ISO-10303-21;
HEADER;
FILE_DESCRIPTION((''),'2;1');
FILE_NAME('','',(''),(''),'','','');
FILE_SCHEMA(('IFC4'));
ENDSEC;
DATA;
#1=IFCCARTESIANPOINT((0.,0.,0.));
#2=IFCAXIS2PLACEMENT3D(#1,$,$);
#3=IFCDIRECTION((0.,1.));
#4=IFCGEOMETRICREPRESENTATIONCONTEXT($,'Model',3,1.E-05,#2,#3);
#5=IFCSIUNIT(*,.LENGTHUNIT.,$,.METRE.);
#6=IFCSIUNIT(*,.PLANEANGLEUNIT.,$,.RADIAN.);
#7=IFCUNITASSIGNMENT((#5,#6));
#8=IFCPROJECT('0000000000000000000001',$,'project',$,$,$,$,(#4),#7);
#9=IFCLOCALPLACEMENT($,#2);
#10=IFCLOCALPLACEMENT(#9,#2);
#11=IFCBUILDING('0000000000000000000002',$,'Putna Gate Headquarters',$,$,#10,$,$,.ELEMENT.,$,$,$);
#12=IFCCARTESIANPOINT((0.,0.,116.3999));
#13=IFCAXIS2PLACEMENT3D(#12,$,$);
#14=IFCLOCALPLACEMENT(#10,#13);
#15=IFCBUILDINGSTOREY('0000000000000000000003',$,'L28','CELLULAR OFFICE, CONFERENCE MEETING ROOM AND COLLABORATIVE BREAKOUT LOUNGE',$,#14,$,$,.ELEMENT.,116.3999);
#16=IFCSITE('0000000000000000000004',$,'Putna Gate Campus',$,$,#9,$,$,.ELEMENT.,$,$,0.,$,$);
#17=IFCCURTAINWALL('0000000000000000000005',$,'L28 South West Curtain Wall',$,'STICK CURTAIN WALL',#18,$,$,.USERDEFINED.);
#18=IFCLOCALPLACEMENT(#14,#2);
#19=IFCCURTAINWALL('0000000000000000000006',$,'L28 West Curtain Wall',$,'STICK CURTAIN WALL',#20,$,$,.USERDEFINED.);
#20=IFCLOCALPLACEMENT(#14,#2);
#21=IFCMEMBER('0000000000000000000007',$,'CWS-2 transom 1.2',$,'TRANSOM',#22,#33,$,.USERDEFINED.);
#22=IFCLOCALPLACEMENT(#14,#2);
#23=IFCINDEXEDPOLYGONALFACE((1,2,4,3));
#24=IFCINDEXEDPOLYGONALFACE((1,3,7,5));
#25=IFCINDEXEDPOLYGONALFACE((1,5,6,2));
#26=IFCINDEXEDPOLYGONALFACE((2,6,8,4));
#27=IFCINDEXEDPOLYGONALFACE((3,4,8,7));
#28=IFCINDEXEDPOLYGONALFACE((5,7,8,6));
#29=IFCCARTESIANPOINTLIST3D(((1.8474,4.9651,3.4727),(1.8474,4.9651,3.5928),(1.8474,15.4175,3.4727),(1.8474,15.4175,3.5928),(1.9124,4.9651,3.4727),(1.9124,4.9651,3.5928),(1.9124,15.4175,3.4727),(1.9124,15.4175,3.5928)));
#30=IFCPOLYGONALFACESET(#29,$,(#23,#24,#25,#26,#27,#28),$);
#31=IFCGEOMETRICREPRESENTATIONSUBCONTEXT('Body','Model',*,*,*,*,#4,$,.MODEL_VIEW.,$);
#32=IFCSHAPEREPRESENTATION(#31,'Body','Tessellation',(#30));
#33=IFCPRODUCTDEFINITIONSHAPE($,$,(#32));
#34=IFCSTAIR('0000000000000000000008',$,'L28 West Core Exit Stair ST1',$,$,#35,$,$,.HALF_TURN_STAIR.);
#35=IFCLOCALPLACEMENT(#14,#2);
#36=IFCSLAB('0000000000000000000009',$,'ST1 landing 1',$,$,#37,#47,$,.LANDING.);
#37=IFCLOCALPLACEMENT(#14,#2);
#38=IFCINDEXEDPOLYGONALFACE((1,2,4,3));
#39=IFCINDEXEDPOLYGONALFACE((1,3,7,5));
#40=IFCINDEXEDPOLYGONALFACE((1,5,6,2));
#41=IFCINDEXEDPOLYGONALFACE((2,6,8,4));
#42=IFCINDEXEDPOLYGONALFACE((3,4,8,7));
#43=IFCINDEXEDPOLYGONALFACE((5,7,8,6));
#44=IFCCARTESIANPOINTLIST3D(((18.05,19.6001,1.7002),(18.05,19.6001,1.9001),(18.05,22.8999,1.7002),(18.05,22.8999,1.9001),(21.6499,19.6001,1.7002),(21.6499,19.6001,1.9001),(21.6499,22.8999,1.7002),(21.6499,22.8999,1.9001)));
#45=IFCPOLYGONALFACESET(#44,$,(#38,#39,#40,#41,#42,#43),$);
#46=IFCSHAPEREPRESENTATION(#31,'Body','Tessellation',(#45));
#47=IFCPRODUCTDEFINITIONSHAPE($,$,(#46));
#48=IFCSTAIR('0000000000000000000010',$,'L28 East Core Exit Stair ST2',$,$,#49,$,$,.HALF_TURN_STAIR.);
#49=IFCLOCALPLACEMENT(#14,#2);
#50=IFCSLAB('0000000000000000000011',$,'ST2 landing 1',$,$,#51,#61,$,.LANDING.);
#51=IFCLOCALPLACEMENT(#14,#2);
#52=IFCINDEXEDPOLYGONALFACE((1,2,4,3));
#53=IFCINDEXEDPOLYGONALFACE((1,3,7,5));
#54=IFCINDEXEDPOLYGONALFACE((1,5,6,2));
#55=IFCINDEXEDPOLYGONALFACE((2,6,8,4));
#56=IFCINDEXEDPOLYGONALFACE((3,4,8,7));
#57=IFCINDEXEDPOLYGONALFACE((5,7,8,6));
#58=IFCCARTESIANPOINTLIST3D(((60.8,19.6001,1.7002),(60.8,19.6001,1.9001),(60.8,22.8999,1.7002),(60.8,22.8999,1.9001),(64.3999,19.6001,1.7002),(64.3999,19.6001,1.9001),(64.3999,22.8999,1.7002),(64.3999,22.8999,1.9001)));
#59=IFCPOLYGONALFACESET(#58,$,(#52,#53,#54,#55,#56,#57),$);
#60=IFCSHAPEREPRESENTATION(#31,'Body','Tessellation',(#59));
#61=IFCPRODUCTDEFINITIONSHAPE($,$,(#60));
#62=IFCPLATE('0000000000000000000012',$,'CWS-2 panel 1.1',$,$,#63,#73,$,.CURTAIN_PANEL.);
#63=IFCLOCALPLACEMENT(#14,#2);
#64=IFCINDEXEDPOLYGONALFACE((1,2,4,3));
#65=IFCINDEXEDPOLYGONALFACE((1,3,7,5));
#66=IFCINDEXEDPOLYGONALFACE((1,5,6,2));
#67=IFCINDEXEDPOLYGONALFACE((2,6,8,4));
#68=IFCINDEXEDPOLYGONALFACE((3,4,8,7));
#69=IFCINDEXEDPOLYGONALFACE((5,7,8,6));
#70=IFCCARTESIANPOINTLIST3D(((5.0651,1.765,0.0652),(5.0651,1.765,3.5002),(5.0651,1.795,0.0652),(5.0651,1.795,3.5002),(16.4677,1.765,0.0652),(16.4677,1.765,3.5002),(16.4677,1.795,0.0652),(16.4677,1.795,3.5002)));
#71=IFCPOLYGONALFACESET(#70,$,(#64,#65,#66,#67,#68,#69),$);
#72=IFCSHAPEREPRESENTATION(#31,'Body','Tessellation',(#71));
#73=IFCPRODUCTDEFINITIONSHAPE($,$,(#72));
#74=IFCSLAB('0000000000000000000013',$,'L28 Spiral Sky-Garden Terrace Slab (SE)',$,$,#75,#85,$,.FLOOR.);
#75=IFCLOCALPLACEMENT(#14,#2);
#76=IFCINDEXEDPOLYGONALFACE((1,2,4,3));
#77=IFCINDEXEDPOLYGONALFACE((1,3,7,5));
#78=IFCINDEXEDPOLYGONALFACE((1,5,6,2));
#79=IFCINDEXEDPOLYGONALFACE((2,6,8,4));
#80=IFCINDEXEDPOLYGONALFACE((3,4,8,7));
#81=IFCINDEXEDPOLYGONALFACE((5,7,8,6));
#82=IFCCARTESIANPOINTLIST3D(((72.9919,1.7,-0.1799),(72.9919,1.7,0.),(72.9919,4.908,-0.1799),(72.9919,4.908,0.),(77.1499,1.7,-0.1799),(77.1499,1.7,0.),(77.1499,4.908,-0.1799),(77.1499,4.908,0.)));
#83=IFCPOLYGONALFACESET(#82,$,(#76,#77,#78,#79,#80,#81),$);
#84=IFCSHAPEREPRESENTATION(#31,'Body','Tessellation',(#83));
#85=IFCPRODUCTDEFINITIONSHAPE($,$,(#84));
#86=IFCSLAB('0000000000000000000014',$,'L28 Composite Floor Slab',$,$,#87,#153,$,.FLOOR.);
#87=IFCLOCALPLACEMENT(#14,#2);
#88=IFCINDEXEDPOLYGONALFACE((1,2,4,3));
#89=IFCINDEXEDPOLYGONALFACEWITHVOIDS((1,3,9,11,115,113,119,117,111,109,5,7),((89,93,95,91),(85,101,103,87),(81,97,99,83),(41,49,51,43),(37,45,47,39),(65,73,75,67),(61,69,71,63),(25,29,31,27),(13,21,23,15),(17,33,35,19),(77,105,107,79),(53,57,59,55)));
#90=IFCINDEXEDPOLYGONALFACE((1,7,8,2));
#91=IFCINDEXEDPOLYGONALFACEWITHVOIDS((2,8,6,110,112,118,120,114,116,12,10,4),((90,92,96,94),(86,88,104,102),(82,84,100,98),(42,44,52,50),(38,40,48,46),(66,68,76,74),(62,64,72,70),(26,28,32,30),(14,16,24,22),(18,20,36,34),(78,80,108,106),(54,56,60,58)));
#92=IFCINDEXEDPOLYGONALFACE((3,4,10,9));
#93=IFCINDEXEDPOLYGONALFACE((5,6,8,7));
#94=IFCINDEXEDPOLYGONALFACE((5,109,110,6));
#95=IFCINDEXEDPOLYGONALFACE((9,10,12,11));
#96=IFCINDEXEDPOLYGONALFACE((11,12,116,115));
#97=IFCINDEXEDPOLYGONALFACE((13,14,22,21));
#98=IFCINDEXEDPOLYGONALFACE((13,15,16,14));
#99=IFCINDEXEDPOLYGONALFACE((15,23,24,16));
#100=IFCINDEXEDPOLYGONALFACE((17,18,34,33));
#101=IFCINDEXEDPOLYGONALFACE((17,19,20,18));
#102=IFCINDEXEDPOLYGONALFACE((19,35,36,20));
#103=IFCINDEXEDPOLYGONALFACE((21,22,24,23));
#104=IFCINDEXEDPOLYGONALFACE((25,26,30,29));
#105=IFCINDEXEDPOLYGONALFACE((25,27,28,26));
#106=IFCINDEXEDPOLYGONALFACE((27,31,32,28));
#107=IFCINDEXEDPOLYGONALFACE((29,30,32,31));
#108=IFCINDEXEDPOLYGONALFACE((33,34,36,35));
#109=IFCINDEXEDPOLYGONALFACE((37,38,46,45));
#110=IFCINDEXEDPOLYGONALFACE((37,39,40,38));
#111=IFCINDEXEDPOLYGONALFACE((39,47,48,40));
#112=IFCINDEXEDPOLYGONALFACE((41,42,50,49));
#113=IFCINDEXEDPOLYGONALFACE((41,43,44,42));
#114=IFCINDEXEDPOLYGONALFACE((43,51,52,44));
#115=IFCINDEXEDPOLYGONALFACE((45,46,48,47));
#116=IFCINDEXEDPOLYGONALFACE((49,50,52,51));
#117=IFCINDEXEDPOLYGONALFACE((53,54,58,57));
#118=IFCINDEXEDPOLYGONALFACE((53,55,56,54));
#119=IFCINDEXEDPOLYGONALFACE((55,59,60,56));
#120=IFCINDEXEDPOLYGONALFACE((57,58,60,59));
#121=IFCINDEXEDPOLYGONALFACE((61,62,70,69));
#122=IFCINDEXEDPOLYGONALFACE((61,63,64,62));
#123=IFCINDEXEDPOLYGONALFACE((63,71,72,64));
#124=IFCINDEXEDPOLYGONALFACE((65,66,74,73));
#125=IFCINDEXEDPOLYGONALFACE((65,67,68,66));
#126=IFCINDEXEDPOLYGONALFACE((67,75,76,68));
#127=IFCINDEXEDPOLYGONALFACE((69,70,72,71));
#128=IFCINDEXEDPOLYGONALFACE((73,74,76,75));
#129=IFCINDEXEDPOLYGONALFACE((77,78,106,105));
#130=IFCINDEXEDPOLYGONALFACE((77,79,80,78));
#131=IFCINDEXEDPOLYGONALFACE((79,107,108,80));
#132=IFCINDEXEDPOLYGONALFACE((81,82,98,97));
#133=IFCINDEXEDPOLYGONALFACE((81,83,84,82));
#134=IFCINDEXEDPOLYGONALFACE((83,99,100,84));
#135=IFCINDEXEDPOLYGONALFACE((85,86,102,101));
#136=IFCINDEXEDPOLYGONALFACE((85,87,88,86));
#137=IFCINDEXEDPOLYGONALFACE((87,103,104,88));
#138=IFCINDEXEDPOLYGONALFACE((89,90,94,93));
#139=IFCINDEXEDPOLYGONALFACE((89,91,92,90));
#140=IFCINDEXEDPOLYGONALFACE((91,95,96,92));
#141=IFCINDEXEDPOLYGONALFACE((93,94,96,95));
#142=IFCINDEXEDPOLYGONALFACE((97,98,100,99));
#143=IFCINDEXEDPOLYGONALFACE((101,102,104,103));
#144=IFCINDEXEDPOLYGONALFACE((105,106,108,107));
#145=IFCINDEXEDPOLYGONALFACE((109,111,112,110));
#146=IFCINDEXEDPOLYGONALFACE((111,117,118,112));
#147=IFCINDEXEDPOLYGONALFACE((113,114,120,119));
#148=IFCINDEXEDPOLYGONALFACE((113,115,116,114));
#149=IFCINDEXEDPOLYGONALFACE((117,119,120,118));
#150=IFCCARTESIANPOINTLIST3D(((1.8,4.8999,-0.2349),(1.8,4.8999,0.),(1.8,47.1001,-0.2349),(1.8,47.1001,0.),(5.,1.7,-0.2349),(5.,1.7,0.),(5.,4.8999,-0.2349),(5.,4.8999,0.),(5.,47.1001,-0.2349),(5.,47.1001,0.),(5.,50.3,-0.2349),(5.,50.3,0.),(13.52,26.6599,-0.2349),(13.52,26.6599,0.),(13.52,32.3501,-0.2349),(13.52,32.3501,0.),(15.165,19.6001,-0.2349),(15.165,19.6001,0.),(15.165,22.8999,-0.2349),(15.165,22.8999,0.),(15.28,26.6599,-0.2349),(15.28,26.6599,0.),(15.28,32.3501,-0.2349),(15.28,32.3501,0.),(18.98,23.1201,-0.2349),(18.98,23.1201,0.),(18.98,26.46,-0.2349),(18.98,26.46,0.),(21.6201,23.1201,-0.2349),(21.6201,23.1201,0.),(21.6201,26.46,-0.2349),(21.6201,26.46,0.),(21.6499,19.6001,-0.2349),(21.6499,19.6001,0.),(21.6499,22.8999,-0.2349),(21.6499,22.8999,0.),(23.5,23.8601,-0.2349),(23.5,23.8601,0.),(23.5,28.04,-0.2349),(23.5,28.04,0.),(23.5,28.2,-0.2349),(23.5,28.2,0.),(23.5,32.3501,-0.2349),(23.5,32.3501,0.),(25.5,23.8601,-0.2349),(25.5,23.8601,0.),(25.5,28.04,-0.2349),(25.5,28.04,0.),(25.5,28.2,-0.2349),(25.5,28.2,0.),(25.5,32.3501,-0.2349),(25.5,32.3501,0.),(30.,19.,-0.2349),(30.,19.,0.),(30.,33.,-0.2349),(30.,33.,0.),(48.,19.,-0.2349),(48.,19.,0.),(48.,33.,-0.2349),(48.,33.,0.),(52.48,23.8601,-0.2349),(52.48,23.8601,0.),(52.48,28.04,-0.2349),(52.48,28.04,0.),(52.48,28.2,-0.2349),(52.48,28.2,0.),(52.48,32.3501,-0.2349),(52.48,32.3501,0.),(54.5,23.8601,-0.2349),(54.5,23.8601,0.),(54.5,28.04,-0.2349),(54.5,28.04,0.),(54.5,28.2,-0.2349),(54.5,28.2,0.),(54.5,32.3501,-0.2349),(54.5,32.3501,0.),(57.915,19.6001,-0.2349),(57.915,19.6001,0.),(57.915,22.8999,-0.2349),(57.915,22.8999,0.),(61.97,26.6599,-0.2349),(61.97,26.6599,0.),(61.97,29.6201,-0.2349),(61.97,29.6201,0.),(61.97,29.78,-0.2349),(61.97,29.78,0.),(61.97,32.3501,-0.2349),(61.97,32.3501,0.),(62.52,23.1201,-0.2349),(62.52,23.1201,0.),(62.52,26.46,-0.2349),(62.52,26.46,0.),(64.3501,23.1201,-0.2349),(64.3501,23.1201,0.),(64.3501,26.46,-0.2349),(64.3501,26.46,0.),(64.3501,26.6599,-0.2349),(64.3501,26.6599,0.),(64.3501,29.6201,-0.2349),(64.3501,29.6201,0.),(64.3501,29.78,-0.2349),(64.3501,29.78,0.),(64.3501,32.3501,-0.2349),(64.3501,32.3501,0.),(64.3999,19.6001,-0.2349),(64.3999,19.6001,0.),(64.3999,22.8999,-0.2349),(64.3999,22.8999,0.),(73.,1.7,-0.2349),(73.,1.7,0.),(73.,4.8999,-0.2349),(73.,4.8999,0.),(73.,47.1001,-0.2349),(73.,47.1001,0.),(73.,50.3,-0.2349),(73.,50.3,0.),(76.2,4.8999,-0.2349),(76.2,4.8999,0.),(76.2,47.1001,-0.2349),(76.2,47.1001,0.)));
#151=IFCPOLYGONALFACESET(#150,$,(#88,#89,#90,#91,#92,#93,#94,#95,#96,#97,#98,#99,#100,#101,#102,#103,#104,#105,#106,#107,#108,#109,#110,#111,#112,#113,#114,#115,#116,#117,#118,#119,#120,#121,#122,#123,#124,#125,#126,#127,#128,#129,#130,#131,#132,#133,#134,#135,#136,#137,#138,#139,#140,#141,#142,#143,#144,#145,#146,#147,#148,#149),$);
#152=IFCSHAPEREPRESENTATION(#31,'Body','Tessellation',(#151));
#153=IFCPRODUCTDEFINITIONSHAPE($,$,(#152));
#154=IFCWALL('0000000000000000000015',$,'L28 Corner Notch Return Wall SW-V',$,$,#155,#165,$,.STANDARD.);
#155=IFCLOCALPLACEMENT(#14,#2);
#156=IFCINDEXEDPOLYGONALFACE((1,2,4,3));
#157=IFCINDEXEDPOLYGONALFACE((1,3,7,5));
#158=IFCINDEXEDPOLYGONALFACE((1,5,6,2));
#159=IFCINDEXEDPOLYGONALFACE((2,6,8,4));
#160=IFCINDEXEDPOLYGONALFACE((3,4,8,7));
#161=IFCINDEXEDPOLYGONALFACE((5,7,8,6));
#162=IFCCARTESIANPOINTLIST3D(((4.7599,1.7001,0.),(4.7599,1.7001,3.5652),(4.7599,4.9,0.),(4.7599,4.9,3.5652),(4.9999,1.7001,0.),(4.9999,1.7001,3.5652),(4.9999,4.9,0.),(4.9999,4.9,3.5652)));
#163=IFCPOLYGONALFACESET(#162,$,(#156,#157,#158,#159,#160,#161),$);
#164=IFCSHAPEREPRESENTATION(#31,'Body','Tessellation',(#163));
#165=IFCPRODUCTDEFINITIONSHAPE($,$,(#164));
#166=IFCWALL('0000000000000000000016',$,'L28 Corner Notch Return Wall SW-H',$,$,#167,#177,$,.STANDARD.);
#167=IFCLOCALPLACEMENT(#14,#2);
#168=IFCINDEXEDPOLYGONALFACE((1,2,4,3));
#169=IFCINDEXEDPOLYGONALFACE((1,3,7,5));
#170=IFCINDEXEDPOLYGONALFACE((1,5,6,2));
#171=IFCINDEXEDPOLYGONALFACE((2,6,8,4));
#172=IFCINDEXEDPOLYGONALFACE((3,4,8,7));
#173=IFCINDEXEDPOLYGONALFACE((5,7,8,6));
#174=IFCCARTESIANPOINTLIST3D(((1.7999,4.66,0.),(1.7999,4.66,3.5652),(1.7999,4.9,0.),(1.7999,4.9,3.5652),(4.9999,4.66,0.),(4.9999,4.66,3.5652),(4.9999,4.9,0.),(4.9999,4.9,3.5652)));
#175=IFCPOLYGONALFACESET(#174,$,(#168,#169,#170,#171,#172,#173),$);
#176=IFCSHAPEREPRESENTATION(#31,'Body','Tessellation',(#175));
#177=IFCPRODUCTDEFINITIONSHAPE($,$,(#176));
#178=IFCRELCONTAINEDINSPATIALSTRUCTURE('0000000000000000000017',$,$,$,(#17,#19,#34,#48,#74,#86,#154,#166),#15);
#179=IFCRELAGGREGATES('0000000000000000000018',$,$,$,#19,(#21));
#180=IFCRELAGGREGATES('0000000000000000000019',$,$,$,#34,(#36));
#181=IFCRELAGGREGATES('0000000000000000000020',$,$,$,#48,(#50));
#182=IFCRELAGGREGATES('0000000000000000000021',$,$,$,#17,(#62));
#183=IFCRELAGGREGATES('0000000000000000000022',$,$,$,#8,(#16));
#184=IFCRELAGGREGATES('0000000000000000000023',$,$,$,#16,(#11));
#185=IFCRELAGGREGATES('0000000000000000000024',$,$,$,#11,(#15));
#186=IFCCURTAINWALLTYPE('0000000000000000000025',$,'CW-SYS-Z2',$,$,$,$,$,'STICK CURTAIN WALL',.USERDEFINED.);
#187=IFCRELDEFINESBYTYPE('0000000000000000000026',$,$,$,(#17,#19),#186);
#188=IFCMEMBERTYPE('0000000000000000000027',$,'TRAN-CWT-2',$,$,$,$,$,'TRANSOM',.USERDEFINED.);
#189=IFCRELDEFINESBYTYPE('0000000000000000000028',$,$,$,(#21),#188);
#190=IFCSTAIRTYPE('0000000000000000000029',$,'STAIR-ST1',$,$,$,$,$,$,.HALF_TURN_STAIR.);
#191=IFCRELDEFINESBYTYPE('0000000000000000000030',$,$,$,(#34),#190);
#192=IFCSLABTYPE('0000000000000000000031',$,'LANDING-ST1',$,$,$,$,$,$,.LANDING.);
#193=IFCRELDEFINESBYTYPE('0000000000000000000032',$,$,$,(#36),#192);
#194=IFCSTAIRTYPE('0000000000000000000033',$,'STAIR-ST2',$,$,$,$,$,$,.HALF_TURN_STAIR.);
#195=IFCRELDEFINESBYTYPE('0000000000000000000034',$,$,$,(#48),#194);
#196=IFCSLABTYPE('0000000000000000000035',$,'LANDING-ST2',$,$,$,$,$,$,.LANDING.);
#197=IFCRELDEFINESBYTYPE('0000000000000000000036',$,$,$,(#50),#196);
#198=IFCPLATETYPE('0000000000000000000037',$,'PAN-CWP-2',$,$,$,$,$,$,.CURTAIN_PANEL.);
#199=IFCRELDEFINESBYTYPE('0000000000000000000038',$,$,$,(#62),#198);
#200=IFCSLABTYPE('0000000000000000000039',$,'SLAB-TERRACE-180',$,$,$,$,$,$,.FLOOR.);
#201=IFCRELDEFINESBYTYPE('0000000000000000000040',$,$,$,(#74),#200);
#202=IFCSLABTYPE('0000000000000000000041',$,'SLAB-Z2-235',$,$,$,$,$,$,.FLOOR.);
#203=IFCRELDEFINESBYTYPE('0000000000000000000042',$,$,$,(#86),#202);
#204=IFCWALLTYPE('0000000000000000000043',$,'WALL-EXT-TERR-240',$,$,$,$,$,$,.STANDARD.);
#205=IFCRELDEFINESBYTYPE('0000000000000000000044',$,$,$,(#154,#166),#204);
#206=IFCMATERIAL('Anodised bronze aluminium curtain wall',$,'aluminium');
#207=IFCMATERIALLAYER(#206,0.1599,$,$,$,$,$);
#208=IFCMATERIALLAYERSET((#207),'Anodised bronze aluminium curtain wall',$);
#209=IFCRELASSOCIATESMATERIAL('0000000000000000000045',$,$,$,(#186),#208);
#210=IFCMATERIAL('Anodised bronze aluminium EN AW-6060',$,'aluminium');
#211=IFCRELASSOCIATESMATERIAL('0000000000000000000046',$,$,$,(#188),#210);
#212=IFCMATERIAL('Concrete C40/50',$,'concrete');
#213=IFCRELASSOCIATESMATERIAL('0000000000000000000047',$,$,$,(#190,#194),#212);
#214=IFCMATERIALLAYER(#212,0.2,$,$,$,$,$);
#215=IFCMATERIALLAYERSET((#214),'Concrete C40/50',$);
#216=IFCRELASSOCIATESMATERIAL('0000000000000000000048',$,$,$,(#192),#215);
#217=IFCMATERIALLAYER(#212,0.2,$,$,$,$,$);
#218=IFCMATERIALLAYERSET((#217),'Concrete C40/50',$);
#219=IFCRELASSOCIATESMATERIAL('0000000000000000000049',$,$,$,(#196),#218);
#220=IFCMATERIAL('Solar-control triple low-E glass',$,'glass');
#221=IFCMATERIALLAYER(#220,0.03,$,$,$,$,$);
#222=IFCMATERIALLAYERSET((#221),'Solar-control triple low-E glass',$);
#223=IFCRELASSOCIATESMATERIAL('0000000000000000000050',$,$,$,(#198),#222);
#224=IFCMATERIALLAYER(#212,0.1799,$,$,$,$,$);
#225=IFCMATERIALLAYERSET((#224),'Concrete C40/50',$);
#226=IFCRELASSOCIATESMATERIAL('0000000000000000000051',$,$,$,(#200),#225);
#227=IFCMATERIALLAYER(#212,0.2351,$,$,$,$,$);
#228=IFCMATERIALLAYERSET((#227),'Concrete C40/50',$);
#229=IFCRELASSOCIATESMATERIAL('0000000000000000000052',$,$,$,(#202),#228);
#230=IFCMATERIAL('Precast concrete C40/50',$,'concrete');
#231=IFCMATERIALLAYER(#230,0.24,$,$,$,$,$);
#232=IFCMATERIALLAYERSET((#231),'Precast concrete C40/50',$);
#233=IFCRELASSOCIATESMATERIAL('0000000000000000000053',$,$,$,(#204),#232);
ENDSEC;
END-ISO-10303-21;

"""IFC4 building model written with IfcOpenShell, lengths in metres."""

from ifc_helpers import new_model, si_unit, direction, frame, frame_2d, origin, origin_2d, place, context, subcontext, project, spatial, polyline, rectangle, outline, extrude, material, layer, layer_set, material_profile, profile_set, type_object, element, aggregate, save


model = new_model("IFC4")

# Units and contexts
model_context = context("Model", 3, precision=1e-05, world=origin(), true_north=direction((0.0, 1.0)))
body_context = subcontext(model_context, "Body", "Model", "MODEL_VIEW")
ifc_project = project(units=[si_unit("LENGTHUNIT", "METRE"), si_unit("PLANEANGLEUNIT", "RADIAN")], contexts=[model_context])

# Site, building, storey
site_placement = place(None, origin())
site = spatial("IfcSite", under=ifc_project, at=site_placement, Name="Putna Gate Campus", CompositionType="ELEMENT", RefElevation=0.0)
building_placement = place(site_placement, origin())
building = spatial("IfcBuilding", under=site, at=building_placement, Name="Putna Gate Headquarters", CompositionType="ELEMENT")
storey_placement = place(building_placement, frame((0.0, 0.0, 116.3999)))
storey = spatial("IfcBuildingStorey", under=building, at=storey_placement, Name="L28", Description="CELLULAR OFFICE, CONFERENCE MEETING ROOM AND COLLABORATIVE BREAKOUT LOUNGE", CompositionType="ELEMENT", Elevation=116.3999)

# Curtain walls
ifc_material_1 = material(Name="Anodised bronze aluminium curtain wall", Category="aluminium")
ifc_layer_1 = layer(ifc_material_1, 0.1599)
ifc_layer_set_1 = layer_set([ifc_layer_1], Name="Anodised bronze aluminium curtain wall")
curtain_wall_type = type_object("IfcCurtainWallType", Name="CW-SYS-Z2", ElementType="STICK CURTAIN WALL", PredefinedType="USERDEFINED", material=ifc_layer_set_1)
curtain_wall_1_placement = place(storey_placement, origin())
curtain_wall_1 = element("IfcCurtainWall", 1, at=curtain_wall_1_placement, inside=storey, type_object=curtain_wall_type, Name="L28 South West Curtain Wall", ObjectType="STICK CURTAIN WALL", PredefinedType="USERDEFINED")
ifc_material_2 = material(Name="Anodised bronze aluminium EN AW-6060", Category="aluminium")
curtain_wall_2_placement = place(storey_placement, origin())
curtain_wall_2 = element("IfcCurtainWall", 2, at=curtain_wall_2_placement, inside=storey, type_object=curtain_wall_type, Name="L28 West Curtain Wall", ObjectType="STICK CURTAIN WALL", PredefinedType="USERDEFINED")

# Member
ifc_material_profile_1 = material_profile(ifc_material_2, rectangle(XDim=0.0649, YDim=0.1201, at=origin_2d()), Name="Anodised bronze aluminium EN AW-6060")
ifc_profile_set_1 = profile_set([ifc_material_profile_1], Name="Anodised bronze aluminium EN AW-6060")
member_type_1 = type_object("IfcMemberType", Name="TRAN-CWT-2", ElementType="TRANSOM", PredefinedType="USERDEFINED", material=ifc_profile_set_1)
member_1_placement = place(storey_placement, frame((1.8799, 4.9651, 3.5327), z_axis=(0.0, 1.0, 0.0), x_axis=(-1.0, 0.0, 0.0)))
member_1 = element("IfcMember", 3, at=member_1_placement, type_object=member_type_1, Name="CWS-2 transom 1.2", ObjectType="TRANSOM", PredefinedType="USERDEFINED", context=body_context, shape_type="SweptSolid", body=[
    extrude(rectangle(XDim=0.0649, YDim=0.1201, at=origin_2d()), origin(), (0.0, 0.0, 1.0), 10.4524),
])
aggregate(curtain_wall_2, [member_1])

# Stairs, slabs
ifc_material_3 = material(Name="Concrete C40/50", Category="concrete")
stair_type_1 = type_object("IfcStairType", Name="STAIR-ST1", PredefinedType="HALF_TURN_STAIR", material=ifc_material_3)
stair_1_placement = place(storey_placement, origin())
stair_1 = element("IfcStair", 4, at=stair_1_placement, inside=storey, type_object=stair_type_1, Name="L28 West Core Exit Stair ST1", PredefinedType="HALF_TURN_STAIR")
ifc_layer_2 = layer(ifc_material_3, 0.2)
ifc_layer_set_2 = layer_set([ifc_layer_2], Name="Concrete C40/50")
slab_type_1 = type_object("IfcSlabType", Name="LANDING-ST1", PredefinedType="LANDING", material=ifc_layer_set_2)
slab_1_placement = place(storey_placement, frame((0.0, 0.0, 1.7002)))
slab_1 = element("IfcSlab", 5, at=slab_1_placement, type_object=slab_type_1, Name="ST1 landing 1", PredefinedType="LANDING", context=body_context, shape_type="SweptSolid", body=[
    extrude(outline(polyline([(18.05, 19.6001), (21.6499, 19.6001), (21.6499, 22.8999), (18.05, 22.8999), (18.05, 19.6001)])), origin(), (0.0, 0.0, 1.0), 0.2),
])
aggregate(stair_1, [slab_1])
stair_type_2 = type_object("IfcStairType", Name="STAIR-ST2", PredefinedType="HALF_TURN_STAIR", material=ifc_material_3)
stair_2_placement = place(storey_placement, origin())
stair_2 = element("IfcStair", 6, at=stair_2_placement, inside=storey, type_object=stair_type_2, Name="L28 East Core Exit Stair ST2", PredefinedType="HALF_TURN_STAIR")
ifc_layer_3 = layer(ifc_material_3, 0.2)
ifc_layer_set_3 = layer_set([ifc_layer_3], Name="Concrete C40/50")
slab_type_2 = type_object("IfcSlabType", Name="LANDING-ST2", PredefinedType="LANDING", material=ifc_layer_set_3)
slab_2_placement = place(storey_placement, frame((0.0, 0.0, 1.7002)))
slab_2 = element("IfcSlab", 7, at=slab_2_placement, type_object=slab_type_2, Name="ST2 landing 1", PredefinedType="LANDING", context=body_context, shape_type="SweptSolid", body=[
    extrude(outline(polyline([(60.8, 19.6001), (64.3999, 19.6001), (64.3999, 22.8999), (60.8, 22.8999), (60.8, 19.6001)])), origin(), (0.0, 0.0, 1.0), 0.2),
])
aggregate(stair_2, [slab_2])

# Plate
ifc_material_4 = material(Name="Solar-control triple low-E glass", Category="glass")
ifc_layer_4 = layer(ifc_material_4, 0.03)
ifc_layer_set_4 = layer_set([ifc_layer_4], Name="Solar-control triple low-E glass")
plate_type = type_object("IfcPlateType", Name="PAN-CWP-2", PredefinedType="CURTAIN_PANEL", material=ifc_layer_set_4)
plate_placement = place(storey_placement, frame((10.7664, 1.78, 0.0652), z_axis=(0.0, 0.0, 1.0), x_axis=(1.0, 0.0, 0.0)))
plate = element("IfcPlate", 8, at=plate_placement, type_object=plate_type, Name="CWS-2 panel 1.1", PredefinedType="CURTAIN_PANEL", context=body_context, shape_type="SweptSolid", body=[
    extrude(rectangle(XDim=11.4026, YDim=0.03, at=origin_2d()), origin(), (0.0, 0.0, 1.0), 3.4351),
])
aggregate(curtain_wall_1, [plate])

# Slabs
ifc_layer_5 = layer(ifc_material_3, 0.1799)
ifc_layer_set_5 = layer_set([ifc_layer_5], Name="Concrete C40/50")
slab_type_3 = type_object("IfcSlabType", Name="SLAB-TERRACE-180", PredefinedType="FLOOR", material=ifc_layer_set_5)
slab_3_placement = place(storey_placement, frame((0.0, 0.0, -0.1799)))
element("IfcSlab", 9, at=slab_3_placement, inside=storey, type_object=slab_type_3, Name="L28 Spiral Sky-Garden Terrace Slab (SE)", PredefinedType="FLOOR", context=body_context, shape_type="SweptSolid", body=[
    extrude(outline(polyline([(72.9919, 1.7), (77.1499, 1.7), (77.1499, 4.908), (72.9919, 4.908), (72.9919, 1.7)])), origin(), (0.0, 0.0, 1.0), 0.1799),
])
ifc_layer_6 = layer(ifc_material_3, 0.2351)
ifc_layer_set_6 = layer_set([ifc_layer_6], Name="Concrete C40/50")
slab_type_4 = type_object("IfcSlabType", Name="SLAB-Z2-235", PredefinedType="FLOOR", material=ifc_layer_set_6)
slab_4_placement = place(storey_placement, frame((0.0, 0.0, -0.2349)))
element("IfcSlab", 10, at=slab_4_placement, inside=storey, type_object=slab_type_4, Name="L28 Composite Floor Slab", PredefinedType="FLOOR", context=body_context, shape_type="SweptSolid", body=[
    extrude(outline(polyline([(5.0, 1.7), (73.0, 1.7), (73.0, 4.8999), (76.2, 4.8999), (76.2, 47.1001), (73.0, 47.1001), (73.0, 50.3), (5.0, 50.3), (5.0, 47.1001), (1.8, 47.1001), (1.8, 4.8999), (5.0, 4.8999), (5.0, 1.7)]), holes=[polyline([(15.165, 19.6001), (21.6499, 19.6001), (21.6499, 22.8999), (15.165, 22.8999), (15.165, 19.6001)]), polyline([(57.915, 19.6001), (64.3999, 19.6001), (64.3999, 22.8999), (57.915, 22.8999), (57.915, 19.6001)]), polyline([(13.52, 26.6599), (15.28, 26.6599), (15.28, 32.3501), (13.52, 32.3501), (13.52, 26.6599)]), polyline([(61.97, 29.78), (64.3501, 29.78), (64.3501, 32.3501), (61.97, 32.3501), (61.97, 29.78)]), polyline([(18.98, 23.1201), (21.6201, 23.1201), (21.6201, 26.46), (18.98, 26.46), (18.98, 23.1201)]), polyline([(62.52, 23.1201), (64.3501, 23.1201), (64.3501, 26.46), (62.52, 26.46), (62.52, 23.1201)]), polyline([(61.97, 26.6599), (64.3501, 26.6599), (64.3501, 29.6201), (61.97, 29.6201), (61.97, 26.6599)]), polyline([(23.5, 23.8601), (25.5, 23.8601), (25.5, 28.04), (23.5, 28.04), (23.5, 23.8601)]), polyline([(52.48, 23.8601), (54.5, 23.8601), (54.5, 28.04), (52.48, 28.04), (52.48, 23.8601)]), polyline([(23.5, 28.2), (25.5, 28.2), (25.5, 32.3501), (23.5, 32.3501), (23.5, 28.2)]), polyline([(52.48, 28.2), (54.5, 28.2), (54.5, 32.3501), (52.48, 32.3501), (52.48, 28.2)]), polyline([(30.0, 19.0), (48.0, 19.0), (48.0, 33.0), (30.0, 33.0), (30.0, 19.0)])]), origin(), (0.0, 0.0, 1.0), 0.2349),
])

# Walls
ifc_material_5 = material(Name="Precast concrete C40/50", Category="concrete")
ifc_layer_7 = layer(ifc_material_5, 0.24)
ifc_layer_set_7 = layer_set([ifc_layer_7], Name="Precast concrete C40/50")
wall_type_1 = type_object("IfcWallType", Name="WALL-EXT-TERR-240", PredefinedType="STANDARD", material=ifc_layer_set_7)
for number, where, z_axis, x_axis, name in (
    (11, (4.8799, 1.7, 0.0), (0.0, 0.0, 1.0), (0.0, 1.0, 0.0), "L28 Corner Notch Return Wall SW-V"),
    (12, (5.0, 4.78, 0.0), (0.0, 0.0, 1.0), (-1.0, 0.0, 0.0), "L28 Corner Notch Return Wall SW-H"),
):
    element("IfcWall", number, at=place(storey_placement, frame(where, z_axis=z_axis, x_axis=x_axis)), inside=storey, type_object=wall_type_1, Name=name, PredefinedType="STANDARD", context=body_context, shape_type="SweptSolid", body=[
        extrude(rectangle(XDim=3.2, YDim=0.24, at=frame_2d((1.6001, 0.0))), origin(), (0.0, 0.0, 1.0), 3.5652),
    ])

save(model, "model.ifc")
